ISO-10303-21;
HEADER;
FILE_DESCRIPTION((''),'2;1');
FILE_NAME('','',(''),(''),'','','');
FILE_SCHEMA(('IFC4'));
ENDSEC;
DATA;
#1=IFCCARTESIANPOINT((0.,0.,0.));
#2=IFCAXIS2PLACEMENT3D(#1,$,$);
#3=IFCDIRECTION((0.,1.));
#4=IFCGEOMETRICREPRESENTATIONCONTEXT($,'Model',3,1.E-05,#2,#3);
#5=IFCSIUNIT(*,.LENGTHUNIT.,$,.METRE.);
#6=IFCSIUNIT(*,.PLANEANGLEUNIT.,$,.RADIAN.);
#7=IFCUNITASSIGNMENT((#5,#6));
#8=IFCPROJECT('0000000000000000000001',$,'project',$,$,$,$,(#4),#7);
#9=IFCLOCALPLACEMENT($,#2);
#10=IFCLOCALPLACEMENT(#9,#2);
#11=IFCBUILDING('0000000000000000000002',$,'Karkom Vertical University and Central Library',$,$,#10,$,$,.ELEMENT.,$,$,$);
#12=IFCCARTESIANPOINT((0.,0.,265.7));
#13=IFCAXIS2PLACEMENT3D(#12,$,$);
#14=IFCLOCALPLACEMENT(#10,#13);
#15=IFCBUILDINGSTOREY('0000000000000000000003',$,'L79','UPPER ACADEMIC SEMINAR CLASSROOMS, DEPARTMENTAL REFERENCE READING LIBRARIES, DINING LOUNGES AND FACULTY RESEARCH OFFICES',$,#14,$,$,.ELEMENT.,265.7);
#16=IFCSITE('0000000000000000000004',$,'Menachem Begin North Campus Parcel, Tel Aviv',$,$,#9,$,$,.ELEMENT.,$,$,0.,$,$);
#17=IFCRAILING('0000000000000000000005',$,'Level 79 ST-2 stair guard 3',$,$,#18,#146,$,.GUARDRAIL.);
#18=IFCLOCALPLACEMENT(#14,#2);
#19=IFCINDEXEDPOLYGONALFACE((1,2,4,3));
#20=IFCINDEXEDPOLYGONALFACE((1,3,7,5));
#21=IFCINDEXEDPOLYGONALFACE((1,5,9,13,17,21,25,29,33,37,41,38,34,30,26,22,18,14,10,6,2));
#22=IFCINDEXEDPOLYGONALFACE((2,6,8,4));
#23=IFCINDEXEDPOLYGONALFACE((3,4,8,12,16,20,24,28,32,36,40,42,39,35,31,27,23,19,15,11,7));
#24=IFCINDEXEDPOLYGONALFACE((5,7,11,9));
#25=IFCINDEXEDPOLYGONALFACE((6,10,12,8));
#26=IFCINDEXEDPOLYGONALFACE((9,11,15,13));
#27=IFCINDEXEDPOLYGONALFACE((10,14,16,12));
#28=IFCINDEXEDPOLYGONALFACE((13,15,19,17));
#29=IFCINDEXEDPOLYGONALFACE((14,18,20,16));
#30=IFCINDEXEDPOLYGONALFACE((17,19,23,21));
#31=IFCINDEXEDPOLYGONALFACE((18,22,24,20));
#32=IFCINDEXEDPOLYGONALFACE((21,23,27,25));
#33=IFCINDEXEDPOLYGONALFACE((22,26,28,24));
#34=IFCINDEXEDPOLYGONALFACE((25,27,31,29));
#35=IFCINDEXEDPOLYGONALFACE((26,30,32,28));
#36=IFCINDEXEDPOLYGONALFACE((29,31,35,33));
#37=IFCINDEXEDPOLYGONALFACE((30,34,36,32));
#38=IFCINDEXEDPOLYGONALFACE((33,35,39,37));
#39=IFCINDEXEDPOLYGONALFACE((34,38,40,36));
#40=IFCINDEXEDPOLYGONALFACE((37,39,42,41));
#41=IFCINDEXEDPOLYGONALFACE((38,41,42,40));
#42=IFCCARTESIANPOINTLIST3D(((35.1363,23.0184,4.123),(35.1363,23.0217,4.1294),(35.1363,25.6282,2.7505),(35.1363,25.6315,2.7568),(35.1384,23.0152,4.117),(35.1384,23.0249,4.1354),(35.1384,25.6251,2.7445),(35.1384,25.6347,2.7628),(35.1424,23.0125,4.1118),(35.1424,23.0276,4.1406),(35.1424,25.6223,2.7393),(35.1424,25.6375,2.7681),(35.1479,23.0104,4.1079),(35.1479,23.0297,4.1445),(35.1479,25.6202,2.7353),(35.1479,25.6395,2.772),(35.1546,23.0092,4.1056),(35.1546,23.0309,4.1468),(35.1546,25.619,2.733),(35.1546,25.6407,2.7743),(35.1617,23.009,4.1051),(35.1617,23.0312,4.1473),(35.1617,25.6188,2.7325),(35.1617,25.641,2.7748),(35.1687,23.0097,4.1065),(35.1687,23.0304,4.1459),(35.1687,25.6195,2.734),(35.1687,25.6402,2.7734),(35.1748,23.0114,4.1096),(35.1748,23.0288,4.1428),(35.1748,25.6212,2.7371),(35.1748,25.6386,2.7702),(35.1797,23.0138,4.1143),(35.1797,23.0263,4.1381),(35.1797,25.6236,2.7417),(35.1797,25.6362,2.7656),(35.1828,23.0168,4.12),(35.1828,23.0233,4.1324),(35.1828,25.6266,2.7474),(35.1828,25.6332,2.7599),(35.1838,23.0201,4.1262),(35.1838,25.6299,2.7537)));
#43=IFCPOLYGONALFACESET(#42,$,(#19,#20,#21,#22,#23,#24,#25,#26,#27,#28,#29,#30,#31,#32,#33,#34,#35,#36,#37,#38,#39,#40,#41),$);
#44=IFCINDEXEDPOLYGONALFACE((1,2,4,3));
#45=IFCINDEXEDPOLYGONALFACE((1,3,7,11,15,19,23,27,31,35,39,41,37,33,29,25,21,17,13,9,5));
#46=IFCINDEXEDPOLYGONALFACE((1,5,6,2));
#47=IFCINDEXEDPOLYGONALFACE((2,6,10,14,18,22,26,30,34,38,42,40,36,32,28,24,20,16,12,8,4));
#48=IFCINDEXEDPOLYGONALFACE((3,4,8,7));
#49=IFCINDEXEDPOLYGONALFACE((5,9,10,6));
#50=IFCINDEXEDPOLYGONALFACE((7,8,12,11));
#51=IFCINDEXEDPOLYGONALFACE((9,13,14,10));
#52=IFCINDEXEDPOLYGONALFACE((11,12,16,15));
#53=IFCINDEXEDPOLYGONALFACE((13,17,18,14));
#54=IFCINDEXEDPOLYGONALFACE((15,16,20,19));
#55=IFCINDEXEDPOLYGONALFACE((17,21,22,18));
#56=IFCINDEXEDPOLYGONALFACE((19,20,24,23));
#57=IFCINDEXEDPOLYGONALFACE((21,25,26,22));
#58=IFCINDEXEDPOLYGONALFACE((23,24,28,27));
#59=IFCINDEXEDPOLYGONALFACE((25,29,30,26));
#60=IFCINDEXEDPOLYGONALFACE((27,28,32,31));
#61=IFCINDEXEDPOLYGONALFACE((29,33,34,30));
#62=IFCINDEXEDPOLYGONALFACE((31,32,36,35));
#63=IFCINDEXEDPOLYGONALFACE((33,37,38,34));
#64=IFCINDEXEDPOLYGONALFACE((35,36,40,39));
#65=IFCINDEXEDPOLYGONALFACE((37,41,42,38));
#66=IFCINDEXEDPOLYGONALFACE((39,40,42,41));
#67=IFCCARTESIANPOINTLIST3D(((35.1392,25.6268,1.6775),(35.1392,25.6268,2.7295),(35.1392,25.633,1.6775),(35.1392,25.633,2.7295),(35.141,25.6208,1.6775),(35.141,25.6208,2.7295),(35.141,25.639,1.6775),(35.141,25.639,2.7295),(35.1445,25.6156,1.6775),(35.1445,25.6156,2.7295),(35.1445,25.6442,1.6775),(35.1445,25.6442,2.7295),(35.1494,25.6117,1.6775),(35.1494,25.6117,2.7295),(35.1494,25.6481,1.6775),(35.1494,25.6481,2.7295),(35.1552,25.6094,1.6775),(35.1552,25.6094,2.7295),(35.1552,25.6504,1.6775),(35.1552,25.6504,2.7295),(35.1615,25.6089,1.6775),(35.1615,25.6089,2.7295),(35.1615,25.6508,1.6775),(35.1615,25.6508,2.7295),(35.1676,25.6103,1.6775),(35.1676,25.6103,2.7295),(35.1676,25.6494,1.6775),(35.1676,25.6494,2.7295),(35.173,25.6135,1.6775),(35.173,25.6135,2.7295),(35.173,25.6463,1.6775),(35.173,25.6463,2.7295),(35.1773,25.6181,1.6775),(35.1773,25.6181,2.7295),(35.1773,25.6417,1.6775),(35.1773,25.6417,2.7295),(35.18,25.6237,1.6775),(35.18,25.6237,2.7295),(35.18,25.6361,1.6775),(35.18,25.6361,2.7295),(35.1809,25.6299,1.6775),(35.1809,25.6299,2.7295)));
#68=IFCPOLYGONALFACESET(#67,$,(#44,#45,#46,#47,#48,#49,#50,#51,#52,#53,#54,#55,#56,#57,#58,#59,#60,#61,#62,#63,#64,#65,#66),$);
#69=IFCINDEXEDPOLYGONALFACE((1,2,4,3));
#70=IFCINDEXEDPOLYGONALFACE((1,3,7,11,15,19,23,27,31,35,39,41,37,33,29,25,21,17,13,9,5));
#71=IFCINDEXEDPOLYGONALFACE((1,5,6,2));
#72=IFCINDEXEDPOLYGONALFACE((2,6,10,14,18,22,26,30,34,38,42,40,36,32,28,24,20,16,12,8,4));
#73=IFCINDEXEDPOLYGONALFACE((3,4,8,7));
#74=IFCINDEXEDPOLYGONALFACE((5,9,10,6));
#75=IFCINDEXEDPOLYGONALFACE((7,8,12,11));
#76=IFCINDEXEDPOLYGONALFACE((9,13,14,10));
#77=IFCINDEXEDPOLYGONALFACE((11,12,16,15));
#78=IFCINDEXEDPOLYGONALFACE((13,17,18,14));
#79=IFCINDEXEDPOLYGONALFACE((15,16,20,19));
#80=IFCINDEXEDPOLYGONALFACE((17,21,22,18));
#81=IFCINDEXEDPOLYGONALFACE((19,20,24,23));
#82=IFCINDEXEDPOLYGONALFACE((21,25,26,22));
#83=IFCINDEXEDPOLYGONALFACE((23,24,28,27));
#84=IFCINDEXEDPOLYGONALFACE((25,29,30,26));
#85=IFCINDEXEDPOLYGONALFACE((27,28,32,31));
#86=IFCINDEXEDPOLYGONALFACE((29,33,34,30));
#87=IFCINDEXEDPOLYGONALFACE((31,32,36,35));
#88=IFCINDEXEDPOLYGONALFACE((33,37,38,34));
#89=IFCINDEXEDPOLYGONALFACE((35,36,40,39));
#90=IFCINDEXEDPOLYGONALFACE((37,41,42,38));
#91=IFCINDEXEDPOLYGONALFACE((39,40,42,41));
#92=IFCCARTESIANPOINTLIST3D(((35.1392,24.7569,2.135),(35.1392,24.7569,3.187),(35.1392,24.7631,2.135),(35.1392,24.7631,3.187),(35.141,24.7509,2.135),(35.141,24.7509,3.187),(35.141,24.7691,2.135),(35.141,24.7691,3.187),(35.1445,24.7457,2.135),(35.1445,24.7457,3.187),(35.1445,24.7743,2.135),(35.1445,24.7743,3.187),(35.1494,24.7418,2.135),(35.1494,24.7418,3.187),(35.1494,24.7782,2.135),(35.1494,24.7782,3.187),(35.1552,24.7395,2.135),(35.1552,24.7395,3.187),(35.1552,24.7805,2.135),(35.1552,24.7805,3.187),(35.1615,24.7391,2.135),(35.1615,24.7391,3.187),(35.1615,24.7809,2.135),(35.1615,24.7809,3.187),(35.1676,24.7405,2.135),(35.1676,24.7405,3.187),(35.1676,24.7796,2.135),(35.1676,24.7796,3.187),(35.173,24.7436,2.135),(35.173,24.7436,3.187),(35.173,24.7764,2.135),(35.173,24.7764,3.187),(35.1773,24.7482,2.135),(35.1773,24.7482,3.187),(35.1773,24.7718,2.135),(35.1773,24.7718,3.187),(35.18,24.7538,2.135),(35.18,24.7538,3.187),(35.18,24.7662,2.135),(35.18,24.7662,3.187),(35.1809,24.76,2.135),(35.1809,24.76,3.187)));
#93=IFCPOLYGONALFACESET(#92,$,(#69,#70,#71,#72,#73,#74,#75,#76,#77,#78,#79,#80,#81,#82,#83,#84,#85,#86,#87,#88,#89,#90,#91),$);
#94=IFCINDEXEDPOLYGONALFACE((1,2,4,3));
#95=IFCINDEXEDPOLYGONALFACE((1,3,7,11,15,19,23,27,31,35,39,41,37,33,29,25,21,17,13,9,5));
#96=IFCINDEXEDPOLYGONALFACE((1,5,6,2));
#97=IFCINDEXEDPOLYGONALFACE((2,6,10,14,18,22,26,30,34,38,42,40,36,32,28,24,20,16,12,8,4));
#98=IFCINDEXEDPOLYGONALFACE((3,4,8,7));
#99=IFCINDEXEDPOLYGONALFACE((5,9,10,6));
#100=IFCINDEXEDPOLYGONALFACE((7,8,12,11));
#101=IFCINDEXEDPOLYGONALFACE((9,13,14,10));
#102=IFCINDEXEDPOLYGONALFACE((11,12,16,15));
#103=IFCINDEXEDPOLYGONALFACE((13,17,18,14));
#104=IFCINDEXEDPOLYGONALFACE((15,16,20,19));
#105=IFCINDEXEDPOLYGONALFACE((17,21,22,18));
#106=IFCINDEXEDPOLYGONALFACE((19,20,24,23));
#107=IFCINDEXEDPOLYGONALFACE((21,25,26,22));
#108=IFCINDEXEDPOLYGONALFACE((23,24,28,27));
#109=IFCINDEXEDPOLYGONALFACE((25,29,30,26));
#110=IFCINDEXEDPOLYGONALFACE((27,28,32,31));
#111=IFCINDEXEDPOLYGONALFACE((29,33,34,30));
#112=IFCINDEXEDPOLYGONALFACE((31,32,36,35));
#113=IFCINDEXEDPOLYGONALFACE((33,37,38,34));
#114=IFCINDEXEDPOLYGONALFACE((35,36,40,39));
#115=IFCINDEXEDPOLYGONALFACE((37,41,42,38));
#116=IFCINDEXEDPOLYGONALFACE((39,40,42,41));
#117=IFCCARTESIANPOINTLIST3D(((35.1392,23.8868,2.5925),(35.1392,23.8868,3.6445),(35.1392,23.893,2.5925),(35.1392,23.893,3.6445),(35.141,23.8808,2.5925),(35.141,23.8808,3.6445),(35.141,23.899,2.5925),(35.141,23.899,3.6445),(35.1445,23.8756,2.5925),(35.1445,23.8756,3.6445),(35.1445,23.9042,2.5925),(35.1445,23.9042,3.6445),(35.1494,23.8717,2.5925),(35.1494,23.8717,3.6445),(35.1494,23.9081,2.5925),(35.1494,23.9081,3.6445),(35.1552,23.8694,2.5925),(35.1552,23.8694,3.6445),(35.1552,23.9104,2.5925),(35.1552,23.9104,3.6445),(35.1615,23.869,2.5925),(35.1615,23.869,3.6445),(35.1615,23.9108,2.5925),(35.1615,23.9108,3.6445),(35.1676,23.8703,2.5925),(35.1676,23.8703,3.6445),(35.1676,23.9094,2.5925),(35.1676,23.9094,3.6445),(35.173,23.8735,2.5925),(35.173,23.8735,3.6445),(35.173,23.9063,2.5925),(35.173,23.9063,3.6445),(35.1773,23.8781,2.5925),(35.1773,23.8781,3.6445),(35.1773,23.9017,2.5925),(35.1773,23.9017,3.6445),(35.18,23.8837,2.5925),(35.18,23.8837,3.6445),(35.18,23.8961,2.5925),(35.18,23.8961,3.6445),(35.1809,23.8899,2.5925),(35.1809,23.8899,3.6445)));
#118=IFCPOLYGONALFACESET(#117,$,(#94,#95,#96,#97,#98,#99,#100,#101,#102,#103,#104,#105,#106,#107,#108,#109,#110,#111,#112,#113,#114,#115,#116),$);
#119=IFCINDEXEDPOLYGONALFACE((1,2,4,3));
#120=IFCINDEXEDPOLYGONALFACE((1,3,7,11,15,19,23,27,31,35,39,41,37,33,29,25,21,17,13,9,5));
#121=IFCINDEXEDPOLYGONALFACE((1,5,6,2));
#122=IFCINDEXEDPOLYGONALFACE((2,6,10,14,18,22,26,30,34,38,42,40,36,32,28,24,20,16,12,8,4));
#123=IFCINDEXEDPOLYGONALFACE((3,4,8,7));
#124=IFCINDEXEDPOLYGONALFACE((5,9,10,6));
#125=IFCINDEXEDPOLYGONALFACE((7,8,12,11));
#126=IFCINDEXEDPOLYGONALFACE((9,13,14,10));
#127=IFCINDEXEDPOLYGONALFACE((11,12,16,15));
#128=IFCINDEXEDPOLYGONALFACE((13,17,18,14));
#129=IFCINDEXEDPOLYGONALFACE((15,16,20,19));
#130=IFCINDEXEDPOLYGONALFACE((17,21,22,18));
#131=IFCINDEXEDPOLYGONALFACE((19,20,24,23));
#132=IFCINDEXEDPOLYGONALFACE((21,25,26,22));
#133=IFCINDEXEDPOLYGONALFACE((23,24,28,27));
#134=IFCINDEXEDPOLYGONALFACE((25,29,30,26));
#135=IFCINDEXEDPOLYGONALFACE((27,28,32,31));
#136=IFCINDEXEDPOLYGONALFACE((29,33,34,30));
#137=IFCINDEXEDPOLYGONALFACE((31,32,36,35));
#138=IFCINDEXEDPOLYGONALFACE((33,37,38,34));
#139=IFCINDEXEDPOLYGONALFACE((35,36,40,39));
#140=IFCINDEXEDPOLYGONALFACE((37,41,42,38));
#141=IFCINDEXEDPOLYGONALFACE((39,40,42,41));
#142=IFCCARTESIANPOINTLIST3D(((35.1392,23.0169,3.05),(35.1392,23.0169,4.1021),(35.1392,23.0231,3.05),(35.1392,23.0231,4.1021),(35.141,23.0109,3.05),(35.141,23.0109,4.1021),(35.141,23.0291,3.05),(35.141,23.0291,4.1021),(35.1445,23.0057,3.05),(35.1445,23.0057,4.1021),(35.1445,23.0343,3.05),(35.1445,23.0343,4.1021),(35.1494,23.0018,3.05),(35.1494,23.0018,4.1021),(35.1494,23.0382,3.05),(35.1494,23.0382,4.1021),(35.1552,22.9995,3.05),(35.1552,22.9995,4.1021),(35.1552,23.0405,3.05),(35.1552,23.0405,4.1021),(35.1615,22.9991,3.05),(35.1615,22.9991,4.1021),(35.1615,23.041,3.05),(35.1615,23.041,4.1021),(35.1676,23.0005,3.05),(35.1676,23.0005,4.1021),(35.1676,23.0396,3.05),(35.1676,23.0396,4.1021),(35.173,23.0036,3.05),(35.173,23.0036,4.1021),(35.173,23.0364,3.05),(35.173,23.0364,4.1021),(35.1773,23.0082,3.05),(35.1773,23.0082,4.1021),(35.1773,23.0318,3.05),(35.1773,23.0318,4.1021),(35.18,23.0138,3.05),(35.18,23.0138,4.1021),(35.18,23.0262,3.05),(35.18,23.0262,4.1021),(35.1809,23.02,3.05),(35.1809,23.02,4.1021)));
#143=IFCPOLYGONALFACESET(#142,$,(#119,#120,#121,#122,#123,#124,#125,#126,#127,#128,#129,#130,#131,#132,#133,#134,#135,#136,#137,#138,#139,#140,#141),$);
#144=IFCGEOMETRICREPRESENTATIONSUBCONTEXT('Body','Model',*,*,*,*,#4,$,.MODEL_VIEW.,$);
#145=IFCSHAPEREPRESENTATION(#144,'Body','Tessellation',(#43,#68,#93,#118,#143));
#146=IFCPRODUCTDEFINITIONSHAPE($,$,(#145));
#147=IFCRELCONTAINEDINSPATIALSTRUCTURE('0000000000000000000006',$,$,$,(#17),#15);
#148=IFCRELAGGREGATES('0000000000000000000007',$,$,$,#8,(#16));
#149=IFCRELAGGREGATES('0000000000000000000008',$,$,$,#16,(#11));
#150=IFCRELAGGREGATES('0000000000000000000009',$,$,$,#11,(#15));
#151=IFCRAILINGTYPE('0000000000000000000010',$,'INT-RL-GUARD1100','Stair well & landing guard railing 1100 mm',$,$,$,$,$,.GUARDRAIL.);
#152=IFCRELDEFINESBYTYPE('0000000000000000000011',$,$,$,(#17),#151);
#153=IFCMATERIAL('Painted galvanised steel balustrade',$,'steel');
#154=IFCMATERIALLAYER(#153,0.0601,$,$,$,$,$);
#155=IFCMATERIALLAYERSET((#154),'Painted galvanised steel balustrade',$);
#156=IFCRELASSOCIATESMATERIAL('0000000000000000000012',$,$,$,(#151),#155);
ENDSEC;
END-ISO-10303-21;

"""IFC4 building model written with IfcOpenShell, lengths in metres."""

from ifc_helpers import new_model, si_unit, direction, frame, origin, origin_2d, place, context, subcontext, project, spatial, circle, extrude, material, layer, layer_set, type_object, element, save


model = new_model("IFC4")

# Units and contexts
model_context = context("Model", 3, precision=1e-05, world=origin(), true_north=direction((0.0, 1.0)))
body_context = subcontext(model_context, "Body", "Model", "MODEL_VIEW")
ifc_project = project(units=[si_unit("LENGTHUNIT", "METRE"), si_unit("PLANEANGLEUNIT", "RADIAN")], contexts=[model_context])

# Site, building, storey
site_placement = place(None, origin())
site = spatial("IfcSite", under=ifc_project, at=site_placement, Name="Menachem Begin North Campus Parcel, Tel Aviv", CompositionType="ELEMENT", RefElevation=0.0)
building_placement = place(site_placement, origin())
building = spatial("IfcBuilding", under=site, at=building_placement, Name="Karkom Vertical University and Central Library", CompositionType="ELEMENT")
storey_placement = place(building_placement, frame((0.0, 0.0, 265.7)))
storey = spatial("IfcBuildingStorey", under=building, at=storey_placement, Name="L79", Description="UPPER ACADEMIC SEMINAR CLASSROOMS, DEPARTMENTAL REFERENCE READING LIBRARIES, DINING LOUNGES AND FACULTY RESEARCH OFFICES", CompositionType="ELEMENT", Elevation=265.7)

# Railing
ifc_material_1 = material(Name="Painted galvanised steel balustrade", Category="steel")
ifc_layer_1 = layer(ifc_material_1, 0.0601)
ifc_layer_set_1 = layer_set([ifc_layer_1], Name="Painted galvanised steel balustrade")
railing_type_1 = type_object("IfcRailingType", Name="INT-RL-GUARD1100", Description="Stair well & landing guard railing 1100 mm", PredefinedType="GUARDRAIL", material=ifc_layer_set_1)
railing_1_placement = place(storey_placement, frame((35.1599, 25.6299, 1.6775)))
element("IfcRailing", 1, at=railing_1_placement, inside=storey, type_object=railing_type_1, Name="Level 79 ST-2 stair guard 3", PredefinedType="GUARDRAIL", context=body_context, shape_type="SweptSolid", body=[
    extrude(circle(Radius=0.0239, at=origin_2d()), frame((0.0, 0.0, 1.0762), z_axis=(0.0, -0.885065, 0.465467), x_axis=(1.0, 0.0, 0.0)), (0.0, 0.0, 1.0), 2.9487),
    extrude(circle(Radius=0.021, at=origin_2d()), origin(), (0.0, 0.0, 1.0), 1.052),
    extrude(circle(Radius=0.021, at=origin_2d()), frame((0.0, -0.8699, 0.4575)), (0.0, 0.0, 1.0), 1.052),
    extrude(circle(Radius=0.021, at=origin_2d()), frame((0.0, -1.74, 0.915)), (0.0, 0.0, 1.0), 1.052),
    extrude(circle(Radius=0.021, at=origin_2d()), frame((0.0, -2.6099, 1.3726)), (0.0, 0.0, 1.0), 1.052),
])

save(model, "model.ifc")
